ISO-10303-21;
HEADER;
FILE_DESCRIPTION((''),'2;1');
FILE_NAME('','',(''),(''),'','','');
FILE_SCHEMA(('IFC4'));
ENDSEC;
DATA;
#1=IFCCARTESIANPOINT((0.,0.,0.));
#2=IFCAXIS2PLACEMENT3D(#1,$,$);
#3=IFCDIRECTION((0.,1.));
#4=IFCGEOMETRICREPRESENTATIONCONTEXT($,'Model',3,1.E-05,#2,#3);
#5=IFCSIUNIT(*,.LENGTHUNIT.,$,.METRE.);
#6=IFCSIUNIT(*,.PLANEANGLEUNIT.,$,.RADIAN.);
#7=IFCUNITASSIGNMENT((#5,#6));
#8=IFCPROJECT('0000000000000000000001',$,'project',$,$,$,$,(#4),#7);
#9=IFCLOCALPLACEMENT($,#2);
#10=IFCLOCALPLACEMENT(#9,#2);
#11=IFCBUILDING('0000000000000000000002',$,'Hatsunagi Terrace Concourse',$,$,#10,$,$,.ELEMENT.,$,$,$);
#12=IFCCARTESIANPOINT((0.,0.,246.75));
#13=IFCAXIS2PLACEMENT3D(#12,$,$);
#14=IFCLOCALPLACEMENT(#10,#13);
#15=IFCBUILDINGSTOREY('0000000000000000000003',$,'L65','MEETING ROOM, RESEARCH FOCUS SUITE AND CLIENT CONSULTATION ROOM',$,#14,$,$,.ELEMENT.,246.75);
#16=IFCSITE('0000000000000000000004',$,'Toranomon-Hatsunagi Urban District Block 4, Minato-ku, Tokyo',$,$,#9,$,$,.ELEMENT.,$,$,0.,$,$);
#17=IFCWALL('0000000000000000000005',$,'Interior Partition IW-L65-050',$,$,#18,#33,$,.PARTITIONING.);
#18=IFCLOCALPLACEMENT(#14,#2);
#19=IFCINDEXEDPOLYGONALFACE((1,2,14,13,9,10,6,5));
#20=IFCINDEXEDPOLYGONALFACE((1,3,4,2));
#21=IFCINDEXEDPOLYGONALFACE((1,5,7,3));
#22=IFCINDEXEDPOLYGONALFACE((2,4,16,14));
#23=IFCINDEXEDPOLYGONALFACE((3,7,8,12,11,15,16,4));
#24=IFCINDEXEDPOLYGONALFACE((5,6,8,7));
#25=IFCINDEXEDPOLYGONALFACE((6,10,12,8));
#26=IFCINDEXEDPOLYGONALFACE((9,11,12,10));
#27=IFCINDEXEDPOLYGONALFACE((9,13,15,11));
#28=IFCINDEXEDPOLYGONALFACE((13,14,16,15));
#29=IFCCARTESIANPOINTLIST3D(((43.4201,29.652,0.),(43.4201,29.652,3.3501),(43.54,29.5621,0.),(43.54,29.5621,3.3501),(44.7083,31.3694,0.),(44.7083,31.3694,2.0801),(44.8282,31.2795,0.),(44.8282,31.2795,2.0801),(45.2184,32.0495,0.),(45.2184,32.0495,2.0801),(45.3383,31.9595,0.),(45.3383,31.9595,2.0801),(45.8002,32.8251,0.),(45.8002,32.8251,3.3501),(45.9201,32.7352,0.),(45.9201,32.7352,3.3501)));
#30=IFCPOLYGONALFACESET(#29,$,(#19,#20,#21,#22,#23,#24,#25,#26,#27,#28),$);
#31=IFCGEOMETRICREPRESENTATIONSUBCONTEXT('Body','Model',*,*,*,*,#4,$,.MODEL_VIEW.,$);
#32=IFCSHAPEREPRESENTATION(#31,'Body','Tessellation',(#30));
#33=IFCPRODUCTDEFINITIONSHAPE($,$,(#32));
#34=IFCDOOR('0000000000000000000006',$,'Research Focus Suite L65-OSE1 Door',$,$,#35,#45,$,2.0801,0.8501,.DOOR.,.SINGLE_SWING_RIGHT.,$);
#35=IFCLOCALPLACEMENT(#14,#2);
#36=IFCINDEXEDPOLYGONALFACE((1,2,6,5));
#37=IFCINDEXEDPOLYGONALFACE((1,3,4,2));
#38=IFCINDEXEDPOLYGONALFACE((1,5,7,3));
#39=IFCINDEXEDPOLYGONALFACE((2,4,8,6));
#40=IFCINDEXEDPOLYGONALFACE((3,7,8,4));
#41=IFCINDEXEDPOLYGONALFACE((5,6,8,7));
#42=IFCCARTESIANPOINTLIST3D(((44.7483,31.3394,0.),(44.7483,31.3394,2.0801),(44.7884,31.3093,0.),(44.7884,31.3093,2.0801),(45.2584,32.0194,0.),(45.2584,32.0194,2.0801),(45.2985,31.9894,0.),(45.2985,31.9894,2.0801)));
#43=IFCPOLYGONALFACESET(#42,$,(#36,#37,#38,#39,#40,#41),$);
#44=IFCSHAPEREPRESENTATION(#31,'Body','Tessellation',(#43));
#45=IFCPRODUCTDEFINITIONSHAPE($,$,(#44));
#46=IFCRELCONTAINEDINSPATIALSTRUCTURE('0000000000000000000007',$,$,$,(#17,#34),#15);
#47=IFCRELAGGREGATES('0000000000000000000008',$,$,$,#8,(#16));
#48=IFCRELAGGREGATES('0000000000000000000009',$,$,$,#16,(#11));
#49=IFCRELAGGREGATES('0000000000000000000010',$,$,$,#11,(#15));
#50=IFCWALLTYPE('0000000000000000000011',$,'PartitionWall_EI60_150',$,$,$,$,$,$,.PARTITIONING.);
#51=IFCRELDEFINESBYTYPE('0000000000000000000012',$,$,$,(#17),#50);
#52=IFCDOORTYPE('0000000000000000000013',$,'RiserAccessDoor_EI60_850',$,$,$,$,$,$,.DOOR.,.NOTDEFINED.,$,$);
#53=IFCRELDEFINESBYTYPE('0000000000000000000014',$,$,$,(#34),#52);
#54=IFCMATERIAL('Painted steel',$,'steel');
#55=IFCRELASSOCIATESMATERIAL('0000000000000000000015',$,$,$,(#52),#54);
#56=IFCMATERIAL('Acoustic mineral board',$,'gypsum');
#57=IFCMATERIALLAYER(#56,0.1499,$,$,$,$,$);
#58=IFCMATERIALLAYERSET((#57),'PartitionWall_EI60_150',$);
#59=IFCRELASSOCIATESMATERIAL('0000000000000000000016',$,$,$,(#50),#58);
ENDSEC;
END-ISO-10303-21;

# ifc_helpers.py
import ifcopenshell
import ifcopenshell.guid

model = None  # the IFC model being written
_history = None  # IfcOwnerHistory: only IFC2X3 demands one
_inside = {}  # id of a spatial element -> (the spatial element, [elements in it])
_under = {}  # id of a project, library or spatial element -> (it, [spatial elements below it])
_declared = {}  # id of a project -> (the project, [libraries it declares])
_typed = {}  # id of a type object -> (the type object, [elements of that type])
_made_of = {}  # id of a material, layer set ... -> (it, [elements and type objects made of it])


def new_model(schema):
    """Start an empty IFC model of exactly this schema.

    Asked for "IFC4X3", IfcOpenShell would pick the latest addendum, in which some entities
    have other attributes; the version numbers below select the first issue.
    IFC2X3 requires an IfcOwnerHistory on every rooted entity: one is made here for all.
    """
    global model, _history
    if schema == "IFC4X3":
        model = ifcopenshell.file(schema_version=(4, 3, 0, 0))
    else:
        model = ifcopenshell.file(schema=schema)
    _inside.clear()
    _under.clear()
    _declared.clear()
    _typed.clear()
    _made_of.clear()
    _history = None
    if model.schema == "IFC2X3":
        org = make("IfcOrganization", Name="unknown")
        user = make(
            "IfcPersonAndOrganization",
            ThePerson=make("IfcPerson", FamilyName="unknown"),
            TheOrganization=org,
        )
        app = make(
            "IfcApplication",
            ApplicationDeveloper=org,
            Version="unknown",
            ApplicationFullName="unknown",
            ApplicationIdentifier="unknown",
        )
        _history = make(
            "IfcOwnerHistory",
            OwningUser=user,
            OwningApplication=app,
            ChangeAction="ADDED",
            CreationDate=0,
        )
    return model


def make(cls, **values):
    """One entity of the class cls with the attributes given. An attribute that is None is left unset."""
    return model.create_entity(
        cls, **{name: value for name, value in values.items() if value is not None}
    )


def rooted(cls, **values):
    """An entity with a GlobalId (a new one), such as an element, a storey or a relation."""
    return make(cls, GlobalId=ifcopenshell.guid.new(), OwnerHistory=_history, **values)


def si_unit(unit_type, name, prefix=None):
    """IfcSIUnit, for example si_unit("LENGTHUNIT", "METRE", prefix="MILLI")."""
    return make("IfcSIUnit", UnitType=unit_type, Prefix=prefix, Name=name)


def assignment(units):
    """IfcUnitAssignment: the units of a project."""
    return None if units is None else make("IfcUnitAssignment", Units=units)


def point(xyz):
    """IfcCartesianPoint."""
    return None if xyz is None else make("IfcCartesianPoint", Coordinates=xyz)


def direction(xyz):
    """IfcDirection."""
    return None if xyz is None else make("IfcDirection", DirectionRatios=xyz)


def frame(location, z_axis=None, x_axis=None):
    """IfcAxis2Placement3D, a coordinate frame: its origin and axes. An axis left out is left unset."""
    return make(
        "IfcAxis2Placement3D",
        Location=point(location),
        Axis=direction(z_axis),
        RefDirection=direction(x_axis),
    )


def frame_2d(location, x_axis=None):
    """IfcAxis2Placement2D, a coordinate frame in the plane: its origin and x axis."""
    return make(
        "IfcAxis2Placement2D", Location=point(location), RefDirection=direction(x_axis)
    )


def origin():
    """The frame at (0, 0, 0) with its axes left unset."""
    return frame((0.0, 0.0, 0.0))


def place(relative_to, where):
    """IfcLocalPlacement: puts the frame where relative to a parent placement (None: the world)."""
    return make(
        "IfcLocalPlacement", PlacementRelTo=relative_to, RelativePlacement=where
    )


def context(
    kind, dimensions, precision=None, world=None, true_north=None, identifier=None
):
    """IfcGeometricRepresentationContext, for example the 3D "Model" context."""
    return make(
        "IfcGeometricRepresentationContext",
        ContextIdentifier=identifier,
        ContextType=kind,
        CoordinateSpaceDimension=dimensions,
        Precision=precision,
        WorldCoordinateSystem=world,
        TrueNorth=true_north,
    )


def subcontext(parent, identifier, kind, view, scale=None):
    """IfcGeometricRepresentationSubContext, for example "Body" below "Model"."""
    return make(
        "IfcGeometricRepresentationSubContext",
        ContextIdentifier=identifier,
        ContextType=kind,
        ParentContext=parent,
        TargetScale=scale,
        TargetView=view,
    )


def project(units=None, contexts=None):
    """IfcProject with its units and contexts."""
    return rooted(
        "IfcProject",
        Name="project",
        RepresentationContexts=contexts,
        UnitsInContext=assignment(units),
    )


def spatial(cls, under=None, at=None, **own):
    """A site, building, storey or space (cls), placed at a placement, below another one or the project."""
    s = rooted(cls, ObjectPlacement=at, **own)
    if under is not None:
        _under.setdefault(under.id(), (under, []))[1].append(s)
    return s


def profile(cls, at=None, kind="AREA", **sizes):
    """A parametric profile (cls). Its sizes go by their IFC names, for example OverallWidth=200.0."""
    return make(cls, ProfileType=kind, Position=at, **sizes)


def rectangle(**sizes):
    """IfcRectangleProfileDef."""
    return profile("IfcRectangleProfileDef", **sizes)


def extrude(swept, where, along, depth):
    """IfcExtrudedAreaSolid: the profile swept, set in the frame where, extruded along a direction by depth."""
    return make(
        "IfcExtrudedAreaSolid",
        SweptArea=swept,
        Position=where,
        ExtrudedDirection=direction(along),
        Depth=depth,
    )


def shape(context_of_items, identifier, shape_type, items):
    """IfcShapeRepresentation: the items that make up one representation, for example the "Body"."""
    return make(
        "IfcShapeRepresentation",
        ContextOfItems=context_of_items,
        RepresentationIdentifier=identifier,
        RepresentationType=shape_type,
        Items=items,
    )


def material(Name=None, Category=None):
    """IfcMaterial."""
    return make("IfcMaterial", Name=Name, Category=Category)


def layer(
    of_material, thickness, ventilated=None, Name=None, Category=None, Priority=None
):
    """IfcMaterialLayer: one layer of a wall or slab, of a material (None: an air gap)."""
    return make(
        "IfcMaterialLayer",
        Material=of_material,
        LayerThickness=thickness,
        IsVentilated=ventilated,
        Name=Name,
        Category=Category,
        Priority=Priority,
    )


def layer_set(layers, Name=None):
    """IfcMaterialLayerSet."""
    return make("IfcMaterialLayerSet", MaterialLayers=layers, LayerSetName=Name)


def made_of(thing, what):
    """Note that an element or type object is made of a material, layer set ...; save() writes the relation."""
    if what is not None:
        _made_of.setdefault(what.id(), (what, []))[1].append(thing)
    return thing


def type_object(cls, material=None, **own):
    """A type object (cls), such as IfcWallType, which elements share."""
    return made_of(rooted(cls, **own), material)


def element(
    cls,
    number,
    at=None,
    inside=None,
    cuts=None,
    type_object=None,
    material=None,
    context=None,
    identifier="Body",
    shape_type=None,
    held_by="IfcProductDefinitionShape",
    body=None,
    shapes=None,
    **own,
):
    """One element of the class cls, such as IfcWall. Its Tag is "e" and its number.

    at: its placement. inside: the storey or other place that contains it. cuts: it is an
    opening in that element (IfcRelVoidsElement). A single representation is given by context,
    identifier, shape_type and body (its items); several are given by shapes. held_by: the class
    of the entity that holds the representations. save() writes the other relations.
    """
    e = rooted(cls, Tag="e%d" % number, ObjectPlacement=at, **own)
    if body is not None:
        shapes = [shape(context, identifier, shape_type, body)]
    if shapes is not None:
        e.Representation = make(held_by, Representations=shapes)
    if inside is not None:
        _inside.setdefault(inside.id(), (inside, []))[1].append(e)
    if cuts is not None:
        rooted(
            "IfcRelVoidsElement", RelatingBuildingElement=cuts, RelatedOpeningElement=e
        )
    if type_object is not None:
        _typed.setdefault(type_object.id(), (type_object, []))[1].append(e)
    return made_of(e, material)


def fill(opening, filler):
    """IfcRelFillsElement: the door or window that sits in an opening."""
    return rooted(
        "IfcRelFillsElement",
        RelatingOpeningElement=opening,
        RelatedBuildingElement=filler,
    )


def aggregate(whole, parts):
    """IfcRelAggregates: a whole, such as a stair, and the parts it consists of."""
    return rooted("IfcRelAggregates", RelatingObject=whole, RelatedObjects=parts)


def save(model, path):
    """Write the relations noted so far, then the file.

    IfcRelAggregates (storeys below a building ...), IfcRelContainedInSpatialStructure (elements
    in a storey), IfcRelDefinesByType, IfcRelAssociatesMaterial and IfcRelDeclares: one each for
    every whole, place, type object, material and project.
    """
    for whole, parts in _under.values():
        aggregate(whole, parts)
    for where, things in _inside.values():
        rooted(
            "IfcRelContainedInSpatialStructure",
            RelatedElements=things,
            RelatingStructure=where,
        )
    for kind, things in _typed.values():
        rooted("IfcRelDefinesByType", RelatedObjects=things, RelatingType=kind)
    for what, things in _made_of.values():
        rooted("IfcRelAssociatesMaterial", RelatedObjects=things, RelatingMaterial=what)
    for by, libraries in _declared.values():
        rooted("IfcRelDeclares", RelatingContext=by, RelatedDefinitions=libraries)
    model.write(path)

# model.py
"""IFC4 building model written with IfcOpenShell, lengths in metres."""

from ifc_helpers import new_model, si_unit, direction, frame, frame_2d, origin, place, context, subcontext, project, spatial, rectangle, extrude, material, layer, layer_set, type_object, element, fill, save


model = new_model("IFC4")

# Units and contexts
model_context = context("Model", 3, precision=1e-05, world=origin(), true_north=direction((0.0, 1.0)))
body_context = subcontext(model_context, "Body", "Model", "MODEL_VIEW")
ifc_project = project(units=[si_unit("LENGTHUNIT", "METRE"), si_unit("PLANEANGLEUNIT", "RADIAN")], contexts=[model_context])

# Site, building, storey
site_placement = place(None, origin())
site = spatial("IfcSite", under=ifc_project, at=site_placement, Name="Toranomon-Hatsunagi Urban District Block 4, Minato-ku, Tokyo", CompositionType="ELEMENT", RefElevation=0.0)
building_placement = place(site_placement, origin())
building = spatial("IfcBuilding", under=site, at=building_placement, Name="Hatsunagi Terrace Concourse", CompositionType="ELEMENT")
storey_placement = place(building_placement, frame((0.0, 0.0, 246.75)))
storey = spatial("IfcBuildingStorey", under=building, at=storey_placement, Name="L65", Description="MEETING ROOM, RESEARCH FOCUS SUITE AND CLIENT CONSULTATION ROOM", CompositionType="ELEMENT", Elevation=246.75)

# Shared definitions
ifc_material_1 = material(Name="Painted steel", Category="steel")
door_type = type_object("IfcDoorType", Name="RiserAccessDoor_EI60_850", OperationType="NOTDEFINED", PredefinedType="DOOR", material=ifc_material_1)

# Shared definitions
ifc_material_2 = material(Name="Acoustic mineral board", Category="gypsum")
ifc_layer_1 = layer(ifc_material_2, 0.1499)
ifc_layer_set_1 = layer_set([ifc_layer_1], Name="PartitionWall_EI60_150")
wall_type_1 = type_object("IfcWallType", Name="PartitionWall_EI60_150", PredefinedType="PARTITIONING", material=ifc_layer_set_1)

# Wall, opening, door
wall_1_placement = place(storey_placement, frame((43.48, 29.6069, 0.0), z_axis=(0.0, 0.0, 1.0), x_axis=(0.600049, 0.799963, 0.0)))
wall_1 = element("IfcWall", 1, at=wall_1_placement, inside=storey, type_object=wall_type_1, Name="Interior Partition IW-L65-050", PredefinedType="PARTITIONING", context=body_context, shape_type="SweptSolid", body=[
    extrude(rectangle(XDim=3.9666, YDim=0.1499, at=frame_2d((1.9834, 0.0))), origin(), (0.0, 0.0, 1.0), 3.3501),
])
opening_1_placement = place(wall_1_placement, frame((2.147, 0.0, 0.0)))
opening_1 = element("IfcOpeningElement", 2, at=opening_1_placement, cuts=wall_1, PredefinedType="OPENING", context=body_context, shape_type="SweptSolid", body=[
    extrude(rectangle(XDim=0.8501, YDim=2.0801, at=frame_2d((0.425, 1.04))), frame((0.0, 0.085, 0.0), z_axis=(0.0, -1.0, 0.0), x_axis=(1.0, 0.0, 0.0)), (0.0, 0.0, 1.0), 0.1699),
])
door_1_placement = place(opening_1_placement, origin())
door_1 = element("IfcDoor", 3, at=door_1_placement, inside=storey, type_object=door_type, Name="Research Focus Suite L65-OSE1 Door", OperationType="SINGLE_SWING_RIGHT", OverallHeight=2.0801, OverallWidth=0.8501, PredefinedType="DOOR", context=body_context, shape_type="SweptSolid", body=[
    extrude(rectangle(XDim=0.8501, YDim=2.0801, at=frame_2d((0.425, 1.04))), frame((0.0, 0.0249, 0.0), z_axis=(0.0, -1.0, 0.0), x_axis=(1.0, 0.0, 0.0)), (0.0, 0.0, 1.0), 0.05),
])
fill(opening_1, door_1)

save(model, "model.ifc")
